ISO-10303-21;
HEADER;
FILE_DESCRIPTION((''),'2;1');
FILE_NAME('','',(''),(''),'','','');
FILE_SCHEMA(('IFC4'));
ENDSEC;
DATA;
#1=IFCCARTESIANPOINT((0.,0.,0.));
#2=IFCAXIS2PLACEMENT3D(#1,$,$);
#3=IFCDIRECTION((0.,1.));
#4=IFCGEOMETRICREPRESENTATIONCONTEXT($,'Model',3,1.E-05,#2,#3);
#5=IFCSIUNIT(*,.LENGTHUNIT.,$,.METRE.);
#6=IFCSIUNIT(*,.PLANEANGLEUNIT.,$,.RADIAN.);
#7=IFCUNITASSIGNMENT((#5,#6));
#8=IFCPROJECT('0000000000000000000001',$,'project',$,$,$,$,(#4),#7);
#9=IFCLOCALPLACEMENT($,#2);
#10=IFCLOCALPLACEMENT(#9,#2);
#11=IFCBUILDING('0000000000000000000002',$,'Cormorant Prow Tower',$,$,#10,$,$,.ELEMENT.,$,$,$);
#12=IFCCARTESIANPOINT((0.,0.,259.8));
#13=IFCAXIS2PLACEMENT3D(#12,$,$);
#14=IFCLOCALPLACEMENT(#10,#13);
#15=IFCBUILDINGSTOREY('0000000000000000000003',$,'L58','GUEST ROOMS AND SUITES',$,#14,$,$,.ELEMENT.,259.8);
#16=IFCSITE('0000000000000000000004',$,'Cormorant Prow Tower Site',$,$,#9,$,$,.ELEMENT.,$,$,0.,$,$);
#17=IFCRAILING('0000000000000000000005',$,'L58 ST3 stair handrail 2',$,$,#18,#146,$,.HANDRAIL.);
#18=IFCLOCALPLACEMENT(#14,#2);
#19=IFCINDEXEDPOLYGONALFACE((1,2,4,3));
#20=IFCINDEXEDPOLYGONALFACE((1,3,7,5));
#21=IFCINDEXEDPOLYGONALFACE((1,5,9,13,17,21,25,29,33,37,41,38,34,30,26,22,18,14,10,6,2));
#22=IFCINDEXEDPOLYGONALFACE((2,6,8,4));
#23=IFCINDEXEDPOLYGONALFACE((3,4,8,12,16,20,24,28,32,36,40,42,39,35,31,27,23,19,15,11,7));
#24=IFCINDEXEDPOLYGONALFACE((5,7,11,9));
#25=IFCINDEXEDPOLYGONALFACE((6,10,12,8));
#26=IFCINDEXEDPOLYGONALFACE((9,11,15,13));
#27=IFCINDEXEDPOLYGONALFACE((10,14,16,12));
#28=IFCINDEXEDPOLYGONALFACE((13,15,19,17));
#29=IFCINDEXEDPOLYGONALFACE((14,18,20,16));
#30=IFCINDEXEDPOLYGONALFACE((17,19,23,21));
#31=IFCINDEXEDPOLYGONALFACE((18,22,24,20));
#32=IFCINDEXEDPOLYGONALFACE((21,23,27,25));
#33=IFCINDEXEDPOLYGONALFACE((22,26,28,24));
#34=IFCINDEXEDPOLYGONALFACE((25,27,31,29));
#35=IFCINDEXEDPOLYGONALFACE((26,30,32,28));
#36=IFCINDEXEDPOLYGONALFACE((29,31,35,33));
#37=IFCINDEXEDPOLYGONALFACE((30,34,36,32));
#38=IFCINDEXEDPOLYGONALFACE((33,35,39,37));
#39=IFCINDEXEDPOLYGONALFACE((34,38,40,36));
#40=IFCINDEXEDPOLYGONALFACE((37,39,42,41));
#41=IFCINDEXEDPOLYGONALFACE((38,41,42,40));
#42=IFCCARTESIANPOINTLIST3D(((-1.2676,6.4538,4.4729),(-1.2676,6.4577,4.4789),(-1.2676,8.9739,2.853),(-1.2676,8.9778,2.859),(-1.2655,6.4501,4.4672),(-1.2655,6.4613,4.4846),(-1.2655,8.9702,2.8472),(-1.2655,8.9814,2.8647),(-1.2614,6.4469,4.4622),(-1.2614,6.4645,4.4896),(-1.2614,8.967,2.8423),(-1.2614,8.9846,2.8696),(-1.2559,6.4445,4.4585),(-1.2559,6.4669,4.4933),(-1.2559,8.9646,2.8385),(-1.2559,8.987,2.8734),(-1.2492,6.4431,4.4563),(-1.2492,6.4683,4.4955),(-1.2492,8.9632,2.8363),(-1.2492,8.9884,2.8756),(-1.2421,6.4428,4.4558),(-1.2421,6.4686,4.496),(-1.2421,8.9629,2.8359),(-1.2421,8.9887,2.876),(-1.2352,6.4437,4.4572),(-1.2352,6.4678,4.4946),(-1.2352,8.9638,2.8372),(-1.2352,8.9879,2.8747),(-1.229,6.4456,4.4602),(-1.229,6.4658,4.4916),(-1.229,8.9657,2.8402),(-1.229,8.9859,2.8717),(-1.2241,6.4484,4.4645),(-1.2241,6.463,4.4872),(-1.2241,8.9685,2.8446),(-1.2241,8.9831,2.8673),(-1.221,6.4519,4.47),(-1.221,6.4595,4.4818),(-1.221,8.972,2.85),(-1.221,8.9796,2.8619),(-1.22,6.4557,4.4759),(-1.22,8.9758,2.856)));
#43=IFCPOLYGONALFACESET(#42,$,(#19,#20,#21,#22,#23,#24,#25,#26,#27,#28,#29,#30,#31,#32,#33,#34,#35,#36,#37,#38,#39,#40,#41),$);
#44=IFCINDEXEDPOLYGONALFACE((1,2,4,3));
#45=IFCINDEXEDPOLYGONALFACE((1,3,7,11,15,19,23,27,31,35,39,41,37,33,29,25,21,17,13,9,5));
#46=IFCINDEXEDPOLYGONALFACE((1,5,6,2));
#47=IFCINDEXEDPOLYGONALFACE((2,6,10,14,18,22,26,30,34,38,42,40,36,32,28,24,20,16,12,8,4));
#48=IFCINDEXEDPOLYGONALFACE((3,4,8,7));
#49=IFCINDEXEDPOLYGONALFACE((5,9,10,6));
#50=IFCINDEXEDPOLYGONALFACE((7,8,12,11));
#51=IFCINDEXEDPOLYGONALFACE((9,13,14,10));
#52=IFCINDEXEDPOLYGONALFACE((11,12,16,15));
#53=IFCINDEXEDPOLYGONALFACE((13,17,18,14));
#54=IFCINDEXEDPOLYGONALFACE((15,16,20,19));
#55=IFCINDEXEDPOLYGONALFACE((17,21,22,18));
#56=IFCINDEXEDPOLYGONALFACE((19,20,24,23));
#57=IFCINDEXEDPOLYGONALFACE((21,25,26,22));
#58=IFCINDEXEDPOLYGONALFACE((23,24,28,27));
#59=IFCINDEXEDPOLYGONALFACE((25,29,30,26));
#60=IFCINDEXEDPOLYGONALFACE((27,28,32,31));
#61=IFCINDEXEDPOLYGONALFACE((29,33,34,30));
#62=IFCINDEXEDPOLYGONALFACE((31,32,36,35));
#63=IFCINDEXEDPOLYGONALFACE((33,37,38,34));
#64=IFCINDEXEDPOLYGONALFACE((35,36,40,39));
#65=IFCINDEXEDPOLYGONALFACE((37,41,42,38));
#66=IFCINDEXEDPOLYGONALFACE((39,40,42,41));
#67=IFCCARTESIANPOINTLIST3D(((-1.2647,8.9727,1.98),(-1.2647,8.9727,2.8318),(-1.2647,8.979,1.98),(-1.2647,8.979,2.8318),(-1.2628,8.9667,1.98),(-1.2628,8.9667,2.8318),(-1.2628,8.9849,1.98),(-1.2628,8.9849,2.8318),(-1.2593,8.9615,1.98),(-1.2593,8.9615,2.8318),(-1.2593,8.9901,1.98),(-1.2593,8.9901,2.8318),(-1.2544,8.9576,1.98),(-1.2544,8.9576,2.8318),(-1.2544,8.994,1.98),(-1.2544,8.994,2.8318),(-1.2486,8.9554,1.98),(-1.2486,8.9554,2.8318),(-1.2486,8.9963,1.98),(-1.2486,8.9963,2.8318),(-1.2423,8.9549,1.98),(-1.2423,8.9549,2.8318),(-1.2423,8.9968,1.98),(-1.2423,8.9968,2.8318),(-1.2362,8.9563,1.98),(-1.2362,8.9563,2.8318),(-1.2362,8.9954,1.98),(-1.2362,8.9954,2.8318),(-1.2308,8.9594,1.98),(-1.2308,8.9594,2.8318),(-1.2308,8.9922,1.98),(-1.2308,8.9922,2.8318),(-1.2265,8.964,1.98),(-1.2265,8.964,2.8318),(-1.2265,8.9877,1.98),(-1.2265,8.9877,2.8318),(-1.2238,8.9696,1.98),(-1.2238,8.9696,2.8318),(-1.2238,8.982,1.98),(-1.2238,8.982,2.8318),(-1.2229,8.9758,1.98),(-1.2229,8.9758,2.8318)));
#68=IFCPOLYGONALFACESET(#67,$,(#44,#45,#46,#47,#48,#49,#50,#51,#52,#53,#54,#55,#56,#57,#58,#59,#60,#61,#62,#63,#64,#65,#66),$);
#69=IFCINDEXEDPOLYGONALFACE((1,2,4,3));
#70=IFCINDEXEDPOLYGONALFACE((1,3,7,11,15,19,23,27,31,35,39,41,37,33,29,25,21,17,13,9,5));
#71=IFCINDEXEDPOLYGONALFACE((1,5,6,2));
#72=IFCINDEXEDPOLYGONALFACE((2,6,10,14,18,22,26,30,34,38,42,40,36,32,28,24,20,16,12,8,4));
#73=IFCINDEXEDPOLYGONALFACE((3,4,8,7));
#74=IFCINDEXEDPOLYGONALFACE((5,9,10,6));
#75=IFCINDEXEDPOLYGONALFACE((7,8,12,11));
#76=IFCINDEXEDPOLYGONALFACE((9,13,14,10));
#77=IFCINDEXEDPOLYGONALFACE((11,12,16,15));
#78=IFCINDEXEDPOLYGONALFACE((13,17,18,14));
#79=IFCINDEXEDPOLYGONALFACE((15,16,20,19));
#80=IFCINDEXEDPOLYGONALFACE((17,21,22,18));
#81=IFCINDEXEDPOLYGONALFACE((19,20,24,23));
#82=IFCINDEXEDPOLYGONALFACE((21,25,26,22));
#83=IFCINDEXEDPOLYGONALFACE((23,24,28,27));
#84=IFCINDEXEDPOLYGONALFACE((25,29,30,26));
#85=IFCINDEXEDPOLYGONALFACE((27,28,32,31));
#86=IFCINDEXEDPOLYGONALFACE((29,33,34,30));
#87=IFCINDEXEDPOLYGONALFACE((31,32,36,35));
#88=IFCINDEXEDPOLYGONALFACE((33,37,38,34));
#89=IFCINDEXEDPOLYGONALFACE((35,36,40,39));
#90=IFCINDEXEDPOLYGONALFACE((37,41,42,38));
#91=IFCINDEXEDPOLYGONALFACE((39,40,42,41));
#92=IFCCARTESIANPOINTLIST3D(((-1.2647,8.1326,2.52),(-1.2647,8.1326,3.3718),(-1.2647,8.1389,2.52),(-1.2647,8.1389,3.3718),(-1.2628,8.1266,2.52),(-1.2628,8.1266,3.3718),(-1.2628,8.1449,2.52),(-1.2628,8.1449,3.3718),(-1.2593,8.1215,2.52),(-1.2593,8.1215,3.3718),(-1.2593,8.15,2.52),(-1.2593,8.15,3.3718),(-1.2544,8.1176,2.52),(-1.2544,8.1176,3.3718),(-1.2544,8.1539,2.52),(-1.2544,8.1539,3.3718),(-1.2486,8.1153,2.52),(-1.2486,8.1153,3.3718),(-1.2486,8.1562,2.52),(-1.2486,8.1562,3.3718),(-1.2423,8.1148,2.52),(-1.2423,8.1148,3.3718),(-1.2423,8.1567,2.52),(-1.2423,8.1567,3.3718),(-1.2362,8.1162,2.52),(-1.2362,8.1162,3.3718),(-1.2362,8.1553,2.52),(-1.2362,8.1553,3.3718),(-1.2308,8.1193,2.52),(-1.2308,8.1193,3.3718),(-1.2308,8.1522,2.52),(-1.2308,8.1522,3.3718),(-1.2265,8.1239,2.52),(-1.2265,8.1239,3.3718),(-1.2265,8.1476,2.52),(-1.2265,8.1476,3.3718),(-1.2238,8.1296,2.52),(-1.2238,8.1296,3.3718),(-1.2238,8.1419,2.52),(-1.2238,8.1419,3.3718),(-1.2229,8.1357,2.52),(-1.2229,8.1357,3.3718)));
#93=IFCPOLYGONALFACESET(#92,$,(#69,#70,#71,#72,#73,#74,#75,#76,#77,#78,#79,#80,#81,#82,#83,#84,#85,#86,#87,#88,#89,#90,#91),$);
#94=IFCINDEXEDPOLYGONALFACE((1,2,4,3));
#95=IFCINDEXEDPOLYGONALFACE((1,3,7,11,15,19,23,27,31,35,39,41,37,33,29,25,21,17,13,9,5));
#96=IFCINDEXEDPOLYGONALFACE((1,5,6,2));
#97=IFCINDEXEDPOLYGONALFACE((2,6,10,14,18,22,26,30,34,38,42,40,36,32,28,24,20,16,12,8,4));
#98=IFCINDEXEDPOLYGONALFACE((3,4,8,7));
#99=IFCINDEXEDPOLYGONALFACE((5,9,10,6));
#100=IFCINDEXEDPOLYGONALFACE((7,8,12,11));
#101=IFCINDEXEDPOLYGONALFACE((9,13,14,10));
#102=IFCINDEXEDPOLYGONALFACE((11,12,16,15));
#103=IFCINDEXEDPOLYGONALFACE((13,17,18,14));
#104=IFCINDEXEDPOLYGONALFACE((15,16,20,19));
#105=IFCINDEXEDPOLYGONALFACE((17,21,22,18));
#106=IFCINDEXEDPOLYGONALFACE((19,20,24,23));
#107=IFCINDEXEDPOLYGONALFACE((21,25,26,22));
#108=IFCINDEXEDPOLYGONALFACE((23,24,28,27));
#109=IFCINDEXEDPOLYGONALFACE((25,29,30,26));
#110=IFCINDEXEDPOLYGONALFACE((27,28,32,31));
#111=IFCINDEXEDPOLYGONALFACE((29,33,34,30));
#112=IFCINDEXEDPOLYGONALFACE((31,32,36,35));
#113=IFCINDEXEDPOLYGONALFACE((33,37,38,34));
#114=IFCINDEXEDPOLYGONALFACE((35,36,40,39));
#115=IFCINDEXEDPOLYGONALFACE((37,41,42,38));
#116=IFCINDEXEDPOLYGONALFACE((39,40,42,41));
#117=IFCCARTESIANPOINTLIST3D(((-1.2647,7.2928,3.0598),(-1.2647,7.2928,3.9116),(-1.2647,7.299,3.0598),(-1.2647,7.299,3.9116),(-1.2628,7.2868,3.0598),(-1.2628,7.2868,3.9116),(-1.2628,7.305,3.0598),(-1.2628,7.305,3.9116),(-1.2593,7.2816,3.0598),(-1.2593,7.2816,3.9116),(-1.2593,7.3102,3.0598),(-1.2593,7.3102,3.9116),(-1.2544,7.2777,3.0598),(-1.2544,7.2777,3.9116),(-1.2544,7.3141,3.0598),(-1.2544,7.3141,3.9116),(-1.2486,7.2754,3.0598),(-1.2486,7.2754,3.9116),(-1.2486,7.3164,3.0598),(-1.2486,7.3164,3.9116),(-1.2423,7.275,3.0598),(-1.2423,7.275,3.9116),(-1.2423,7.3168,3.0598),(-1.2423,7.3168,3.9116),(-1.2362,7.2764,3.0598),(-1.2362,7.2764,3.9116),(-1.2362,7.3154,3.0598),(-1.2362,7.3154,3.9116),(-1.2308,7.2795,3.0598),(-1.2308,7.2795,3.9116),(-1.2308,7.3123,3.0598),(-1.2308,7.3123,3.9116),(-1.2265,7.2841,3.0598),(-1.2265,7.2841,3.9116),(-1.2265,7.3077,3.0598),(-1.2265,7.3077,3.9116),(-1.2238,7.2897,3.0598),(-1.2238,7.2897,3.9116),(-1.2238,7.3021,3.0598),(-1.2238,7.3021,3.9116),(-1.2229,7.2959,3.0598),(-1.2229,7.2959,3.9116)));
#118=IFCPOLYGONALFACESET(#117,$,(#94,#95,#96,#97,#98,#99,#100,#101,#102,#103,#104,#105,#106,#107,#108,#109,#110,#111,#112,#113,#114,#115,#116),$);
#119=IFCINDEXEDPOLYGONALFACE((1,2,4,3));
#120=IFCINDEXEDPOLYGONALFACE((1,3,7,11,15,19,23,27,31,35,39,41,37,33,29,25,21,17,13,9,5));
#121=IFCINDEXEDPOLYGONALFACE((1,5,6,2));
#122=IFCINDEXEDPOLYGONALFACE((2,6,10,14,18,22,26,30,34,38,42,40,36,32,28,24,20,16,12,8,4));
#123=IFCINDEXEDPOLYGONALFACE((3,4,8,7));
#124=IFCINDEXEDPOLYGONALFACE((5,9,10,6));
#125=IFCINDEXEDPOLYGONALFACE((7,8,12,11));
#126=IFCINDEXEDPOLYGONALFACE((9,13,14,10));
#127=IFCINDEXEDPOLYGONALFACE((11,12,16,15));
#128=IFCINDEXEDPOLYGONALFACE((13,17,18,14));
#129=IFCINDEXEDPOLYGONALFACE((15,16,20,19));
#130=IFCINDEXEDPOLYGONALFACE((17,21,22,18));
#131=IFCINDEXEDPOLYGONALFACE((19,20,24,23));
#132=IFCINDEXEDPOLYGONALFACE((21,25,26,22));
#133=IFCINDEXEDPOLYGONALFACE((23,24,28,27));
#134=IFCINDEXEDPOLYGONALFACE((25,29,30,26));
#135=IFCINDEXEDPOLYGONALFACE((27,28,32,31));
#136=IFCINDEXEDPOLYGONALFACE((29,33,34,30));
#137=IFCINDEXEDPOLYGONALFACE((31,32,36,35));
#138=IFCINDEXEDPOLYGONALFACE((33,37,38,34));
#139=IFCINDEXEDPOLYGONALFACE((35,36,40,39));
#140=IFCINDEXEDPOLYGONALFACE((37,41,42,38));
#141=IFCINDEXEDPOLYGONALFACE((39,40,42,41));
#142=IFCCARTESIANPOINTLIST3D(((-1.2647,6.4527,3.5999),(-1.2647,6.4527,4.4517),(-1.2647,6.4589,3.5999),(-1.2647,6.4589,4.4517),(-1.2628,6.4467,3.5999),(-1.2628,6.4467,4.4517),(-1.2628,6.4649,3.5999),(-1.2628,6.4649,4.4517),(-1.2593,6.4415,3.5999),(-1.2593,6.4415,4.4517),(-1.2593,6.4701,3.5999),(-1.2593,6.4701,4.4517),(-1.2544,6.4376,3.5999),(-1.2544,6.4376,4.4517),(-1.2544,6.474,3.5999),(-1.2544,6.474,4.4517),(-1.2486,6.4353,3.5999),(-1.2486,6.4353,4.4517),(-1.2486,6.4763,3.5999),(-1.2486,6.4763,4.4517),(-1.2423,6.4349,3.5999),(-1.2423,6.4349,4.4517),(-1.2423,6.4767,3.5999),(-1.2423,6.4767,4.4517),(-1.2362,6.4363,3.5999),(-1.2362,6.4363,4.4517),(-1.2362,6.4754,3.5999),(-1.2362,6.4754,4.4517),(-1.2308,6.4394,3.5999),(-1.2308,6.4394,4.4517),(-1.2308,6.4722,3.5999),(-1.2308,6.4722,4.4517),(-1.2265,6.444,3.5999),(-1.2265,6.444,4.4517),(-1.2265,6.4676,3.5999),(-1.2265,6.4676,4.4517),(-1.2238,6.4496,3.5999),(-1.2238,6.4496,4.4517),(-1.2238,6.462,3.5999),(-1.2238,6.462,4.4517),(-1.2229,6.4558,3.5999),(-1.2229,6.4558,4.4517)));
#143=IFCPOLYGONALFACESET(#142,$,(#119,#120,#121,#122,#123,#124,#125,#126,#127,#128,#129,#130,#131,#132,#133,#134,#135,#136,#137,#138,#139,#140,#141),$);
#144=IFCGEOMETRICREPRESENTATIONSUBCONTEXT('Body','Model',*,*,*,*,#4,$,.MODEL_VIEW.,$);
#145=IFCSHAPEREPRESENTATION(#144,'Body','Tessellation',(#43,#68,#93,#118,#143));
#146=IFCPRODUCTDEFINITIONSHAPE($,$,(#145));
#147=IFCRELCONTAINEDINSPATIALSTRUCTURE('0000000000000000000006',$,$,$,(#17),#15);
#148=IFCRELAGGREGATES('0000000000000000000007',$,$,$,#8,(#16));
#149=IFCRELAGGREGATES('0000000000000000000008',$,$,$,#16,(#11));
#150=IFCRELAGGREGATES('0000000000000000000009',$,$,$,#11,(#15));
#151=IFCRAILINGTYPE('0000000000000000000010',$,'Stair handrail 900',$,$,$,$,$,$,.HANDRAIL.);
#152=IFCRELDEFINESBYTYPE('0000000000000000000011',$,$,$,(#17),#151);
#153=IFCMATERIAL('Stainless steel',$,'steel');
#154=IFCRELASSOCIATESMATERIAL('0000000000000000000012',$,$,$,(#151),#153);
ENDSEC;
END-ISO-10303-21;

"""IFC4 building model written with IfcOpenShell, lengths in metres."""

from ifc_helpers import new_model, si_unit, direction, frame, origin, origin_2d, place, context, subcontext, project, spatial, circle, extrude, material, type_object, element, save


model = new_model("IFC4")

# Units and contexts
model_context = context("Model", 3, precision=1e-05, world=origin(), true_north=direction((0.0, 1.0)))
body_context = subcontext(model_context, "Body", "Model", "MODEL_VIEW")
ifc_project = project(units=[si_unit("LENGTHUNIT", "METRE"), si_unit("PLANEANGLEUNIT", "RADIAN")], contexts=[model_context])

# Site, building, storey
site_placement = place(None, origin())
site = spatial("IfcSite", under=ifc_project, at=site_placement, Name="Cormorant Prow Tower Site", CompositionType="ELEMENT", RefElevation=0.0)
building_placement = place(site_placement, origin())
building = spatial("IfcBuilding", under=site, at=building_placement, Name="Cormorant Prow Tower", CompositionType="ELEMENT")
storey_placement = place(building_placement, frame((0.0, 0.0, 259.8)))
storey = spatial("IfcBuildingStorey", under=building, at=storey_placement, Name="L58", Description="GUEST ROOMS AND SUITES", CompositionType="ELEMENT", Elevation=259.8)

# Railing
ifc_material_1 = material(Name="Stainless steel", Category="steel")
railing_type = type_object("IfcRailingType", Name="Stair handrail 900", PredefinedType="HANDRAIL", material=ifc_material_1)
railing_placement = place(storey_placement, frame((-1.2439, 8.9758, 1.98)))
element("IfcRailing", 1, at=railing_placement, inside=storey, type_object=railing_type, Name="L58 ST3 stair handrail 2", PredefinedType="HANDRAIL", context=body_context, shape_type="SweptSolid", body=[
    extrude(circle(Radius=0.0239, at=origin_2d()), frame((0.0, 0.0, 0.876), z_axis=(0.0, -0.8412, 0.540725), x_axis=(1.0, 0.0, 0.0)), (0.0, 0.0, 1.0), 2.9958),
    extrude(circle(Radius=0.021, at=origin_2d()), origin(), (0.0, 0.0, 1.0), 0.8518),
    extrude(circle(Radius=0.021, at=origin_2d()), frame((0.0, -0.8401, 0.54)), (0.0, 0.0, 1.0), 0.8518),
    extrude(circle(Radius=0.021, at=origin_2d()), frame((0.0, -1.6799, 1.0798)), (0.0, 0.0, 1.0), 0.8518),
    extrude(circle(Radius=0.021, at=origin_2d()), frame((0.0, -2.52, 1.6199)), (0.0, 0.0, 1.0), 0.8518),
])

save(model, "model.ifc")
